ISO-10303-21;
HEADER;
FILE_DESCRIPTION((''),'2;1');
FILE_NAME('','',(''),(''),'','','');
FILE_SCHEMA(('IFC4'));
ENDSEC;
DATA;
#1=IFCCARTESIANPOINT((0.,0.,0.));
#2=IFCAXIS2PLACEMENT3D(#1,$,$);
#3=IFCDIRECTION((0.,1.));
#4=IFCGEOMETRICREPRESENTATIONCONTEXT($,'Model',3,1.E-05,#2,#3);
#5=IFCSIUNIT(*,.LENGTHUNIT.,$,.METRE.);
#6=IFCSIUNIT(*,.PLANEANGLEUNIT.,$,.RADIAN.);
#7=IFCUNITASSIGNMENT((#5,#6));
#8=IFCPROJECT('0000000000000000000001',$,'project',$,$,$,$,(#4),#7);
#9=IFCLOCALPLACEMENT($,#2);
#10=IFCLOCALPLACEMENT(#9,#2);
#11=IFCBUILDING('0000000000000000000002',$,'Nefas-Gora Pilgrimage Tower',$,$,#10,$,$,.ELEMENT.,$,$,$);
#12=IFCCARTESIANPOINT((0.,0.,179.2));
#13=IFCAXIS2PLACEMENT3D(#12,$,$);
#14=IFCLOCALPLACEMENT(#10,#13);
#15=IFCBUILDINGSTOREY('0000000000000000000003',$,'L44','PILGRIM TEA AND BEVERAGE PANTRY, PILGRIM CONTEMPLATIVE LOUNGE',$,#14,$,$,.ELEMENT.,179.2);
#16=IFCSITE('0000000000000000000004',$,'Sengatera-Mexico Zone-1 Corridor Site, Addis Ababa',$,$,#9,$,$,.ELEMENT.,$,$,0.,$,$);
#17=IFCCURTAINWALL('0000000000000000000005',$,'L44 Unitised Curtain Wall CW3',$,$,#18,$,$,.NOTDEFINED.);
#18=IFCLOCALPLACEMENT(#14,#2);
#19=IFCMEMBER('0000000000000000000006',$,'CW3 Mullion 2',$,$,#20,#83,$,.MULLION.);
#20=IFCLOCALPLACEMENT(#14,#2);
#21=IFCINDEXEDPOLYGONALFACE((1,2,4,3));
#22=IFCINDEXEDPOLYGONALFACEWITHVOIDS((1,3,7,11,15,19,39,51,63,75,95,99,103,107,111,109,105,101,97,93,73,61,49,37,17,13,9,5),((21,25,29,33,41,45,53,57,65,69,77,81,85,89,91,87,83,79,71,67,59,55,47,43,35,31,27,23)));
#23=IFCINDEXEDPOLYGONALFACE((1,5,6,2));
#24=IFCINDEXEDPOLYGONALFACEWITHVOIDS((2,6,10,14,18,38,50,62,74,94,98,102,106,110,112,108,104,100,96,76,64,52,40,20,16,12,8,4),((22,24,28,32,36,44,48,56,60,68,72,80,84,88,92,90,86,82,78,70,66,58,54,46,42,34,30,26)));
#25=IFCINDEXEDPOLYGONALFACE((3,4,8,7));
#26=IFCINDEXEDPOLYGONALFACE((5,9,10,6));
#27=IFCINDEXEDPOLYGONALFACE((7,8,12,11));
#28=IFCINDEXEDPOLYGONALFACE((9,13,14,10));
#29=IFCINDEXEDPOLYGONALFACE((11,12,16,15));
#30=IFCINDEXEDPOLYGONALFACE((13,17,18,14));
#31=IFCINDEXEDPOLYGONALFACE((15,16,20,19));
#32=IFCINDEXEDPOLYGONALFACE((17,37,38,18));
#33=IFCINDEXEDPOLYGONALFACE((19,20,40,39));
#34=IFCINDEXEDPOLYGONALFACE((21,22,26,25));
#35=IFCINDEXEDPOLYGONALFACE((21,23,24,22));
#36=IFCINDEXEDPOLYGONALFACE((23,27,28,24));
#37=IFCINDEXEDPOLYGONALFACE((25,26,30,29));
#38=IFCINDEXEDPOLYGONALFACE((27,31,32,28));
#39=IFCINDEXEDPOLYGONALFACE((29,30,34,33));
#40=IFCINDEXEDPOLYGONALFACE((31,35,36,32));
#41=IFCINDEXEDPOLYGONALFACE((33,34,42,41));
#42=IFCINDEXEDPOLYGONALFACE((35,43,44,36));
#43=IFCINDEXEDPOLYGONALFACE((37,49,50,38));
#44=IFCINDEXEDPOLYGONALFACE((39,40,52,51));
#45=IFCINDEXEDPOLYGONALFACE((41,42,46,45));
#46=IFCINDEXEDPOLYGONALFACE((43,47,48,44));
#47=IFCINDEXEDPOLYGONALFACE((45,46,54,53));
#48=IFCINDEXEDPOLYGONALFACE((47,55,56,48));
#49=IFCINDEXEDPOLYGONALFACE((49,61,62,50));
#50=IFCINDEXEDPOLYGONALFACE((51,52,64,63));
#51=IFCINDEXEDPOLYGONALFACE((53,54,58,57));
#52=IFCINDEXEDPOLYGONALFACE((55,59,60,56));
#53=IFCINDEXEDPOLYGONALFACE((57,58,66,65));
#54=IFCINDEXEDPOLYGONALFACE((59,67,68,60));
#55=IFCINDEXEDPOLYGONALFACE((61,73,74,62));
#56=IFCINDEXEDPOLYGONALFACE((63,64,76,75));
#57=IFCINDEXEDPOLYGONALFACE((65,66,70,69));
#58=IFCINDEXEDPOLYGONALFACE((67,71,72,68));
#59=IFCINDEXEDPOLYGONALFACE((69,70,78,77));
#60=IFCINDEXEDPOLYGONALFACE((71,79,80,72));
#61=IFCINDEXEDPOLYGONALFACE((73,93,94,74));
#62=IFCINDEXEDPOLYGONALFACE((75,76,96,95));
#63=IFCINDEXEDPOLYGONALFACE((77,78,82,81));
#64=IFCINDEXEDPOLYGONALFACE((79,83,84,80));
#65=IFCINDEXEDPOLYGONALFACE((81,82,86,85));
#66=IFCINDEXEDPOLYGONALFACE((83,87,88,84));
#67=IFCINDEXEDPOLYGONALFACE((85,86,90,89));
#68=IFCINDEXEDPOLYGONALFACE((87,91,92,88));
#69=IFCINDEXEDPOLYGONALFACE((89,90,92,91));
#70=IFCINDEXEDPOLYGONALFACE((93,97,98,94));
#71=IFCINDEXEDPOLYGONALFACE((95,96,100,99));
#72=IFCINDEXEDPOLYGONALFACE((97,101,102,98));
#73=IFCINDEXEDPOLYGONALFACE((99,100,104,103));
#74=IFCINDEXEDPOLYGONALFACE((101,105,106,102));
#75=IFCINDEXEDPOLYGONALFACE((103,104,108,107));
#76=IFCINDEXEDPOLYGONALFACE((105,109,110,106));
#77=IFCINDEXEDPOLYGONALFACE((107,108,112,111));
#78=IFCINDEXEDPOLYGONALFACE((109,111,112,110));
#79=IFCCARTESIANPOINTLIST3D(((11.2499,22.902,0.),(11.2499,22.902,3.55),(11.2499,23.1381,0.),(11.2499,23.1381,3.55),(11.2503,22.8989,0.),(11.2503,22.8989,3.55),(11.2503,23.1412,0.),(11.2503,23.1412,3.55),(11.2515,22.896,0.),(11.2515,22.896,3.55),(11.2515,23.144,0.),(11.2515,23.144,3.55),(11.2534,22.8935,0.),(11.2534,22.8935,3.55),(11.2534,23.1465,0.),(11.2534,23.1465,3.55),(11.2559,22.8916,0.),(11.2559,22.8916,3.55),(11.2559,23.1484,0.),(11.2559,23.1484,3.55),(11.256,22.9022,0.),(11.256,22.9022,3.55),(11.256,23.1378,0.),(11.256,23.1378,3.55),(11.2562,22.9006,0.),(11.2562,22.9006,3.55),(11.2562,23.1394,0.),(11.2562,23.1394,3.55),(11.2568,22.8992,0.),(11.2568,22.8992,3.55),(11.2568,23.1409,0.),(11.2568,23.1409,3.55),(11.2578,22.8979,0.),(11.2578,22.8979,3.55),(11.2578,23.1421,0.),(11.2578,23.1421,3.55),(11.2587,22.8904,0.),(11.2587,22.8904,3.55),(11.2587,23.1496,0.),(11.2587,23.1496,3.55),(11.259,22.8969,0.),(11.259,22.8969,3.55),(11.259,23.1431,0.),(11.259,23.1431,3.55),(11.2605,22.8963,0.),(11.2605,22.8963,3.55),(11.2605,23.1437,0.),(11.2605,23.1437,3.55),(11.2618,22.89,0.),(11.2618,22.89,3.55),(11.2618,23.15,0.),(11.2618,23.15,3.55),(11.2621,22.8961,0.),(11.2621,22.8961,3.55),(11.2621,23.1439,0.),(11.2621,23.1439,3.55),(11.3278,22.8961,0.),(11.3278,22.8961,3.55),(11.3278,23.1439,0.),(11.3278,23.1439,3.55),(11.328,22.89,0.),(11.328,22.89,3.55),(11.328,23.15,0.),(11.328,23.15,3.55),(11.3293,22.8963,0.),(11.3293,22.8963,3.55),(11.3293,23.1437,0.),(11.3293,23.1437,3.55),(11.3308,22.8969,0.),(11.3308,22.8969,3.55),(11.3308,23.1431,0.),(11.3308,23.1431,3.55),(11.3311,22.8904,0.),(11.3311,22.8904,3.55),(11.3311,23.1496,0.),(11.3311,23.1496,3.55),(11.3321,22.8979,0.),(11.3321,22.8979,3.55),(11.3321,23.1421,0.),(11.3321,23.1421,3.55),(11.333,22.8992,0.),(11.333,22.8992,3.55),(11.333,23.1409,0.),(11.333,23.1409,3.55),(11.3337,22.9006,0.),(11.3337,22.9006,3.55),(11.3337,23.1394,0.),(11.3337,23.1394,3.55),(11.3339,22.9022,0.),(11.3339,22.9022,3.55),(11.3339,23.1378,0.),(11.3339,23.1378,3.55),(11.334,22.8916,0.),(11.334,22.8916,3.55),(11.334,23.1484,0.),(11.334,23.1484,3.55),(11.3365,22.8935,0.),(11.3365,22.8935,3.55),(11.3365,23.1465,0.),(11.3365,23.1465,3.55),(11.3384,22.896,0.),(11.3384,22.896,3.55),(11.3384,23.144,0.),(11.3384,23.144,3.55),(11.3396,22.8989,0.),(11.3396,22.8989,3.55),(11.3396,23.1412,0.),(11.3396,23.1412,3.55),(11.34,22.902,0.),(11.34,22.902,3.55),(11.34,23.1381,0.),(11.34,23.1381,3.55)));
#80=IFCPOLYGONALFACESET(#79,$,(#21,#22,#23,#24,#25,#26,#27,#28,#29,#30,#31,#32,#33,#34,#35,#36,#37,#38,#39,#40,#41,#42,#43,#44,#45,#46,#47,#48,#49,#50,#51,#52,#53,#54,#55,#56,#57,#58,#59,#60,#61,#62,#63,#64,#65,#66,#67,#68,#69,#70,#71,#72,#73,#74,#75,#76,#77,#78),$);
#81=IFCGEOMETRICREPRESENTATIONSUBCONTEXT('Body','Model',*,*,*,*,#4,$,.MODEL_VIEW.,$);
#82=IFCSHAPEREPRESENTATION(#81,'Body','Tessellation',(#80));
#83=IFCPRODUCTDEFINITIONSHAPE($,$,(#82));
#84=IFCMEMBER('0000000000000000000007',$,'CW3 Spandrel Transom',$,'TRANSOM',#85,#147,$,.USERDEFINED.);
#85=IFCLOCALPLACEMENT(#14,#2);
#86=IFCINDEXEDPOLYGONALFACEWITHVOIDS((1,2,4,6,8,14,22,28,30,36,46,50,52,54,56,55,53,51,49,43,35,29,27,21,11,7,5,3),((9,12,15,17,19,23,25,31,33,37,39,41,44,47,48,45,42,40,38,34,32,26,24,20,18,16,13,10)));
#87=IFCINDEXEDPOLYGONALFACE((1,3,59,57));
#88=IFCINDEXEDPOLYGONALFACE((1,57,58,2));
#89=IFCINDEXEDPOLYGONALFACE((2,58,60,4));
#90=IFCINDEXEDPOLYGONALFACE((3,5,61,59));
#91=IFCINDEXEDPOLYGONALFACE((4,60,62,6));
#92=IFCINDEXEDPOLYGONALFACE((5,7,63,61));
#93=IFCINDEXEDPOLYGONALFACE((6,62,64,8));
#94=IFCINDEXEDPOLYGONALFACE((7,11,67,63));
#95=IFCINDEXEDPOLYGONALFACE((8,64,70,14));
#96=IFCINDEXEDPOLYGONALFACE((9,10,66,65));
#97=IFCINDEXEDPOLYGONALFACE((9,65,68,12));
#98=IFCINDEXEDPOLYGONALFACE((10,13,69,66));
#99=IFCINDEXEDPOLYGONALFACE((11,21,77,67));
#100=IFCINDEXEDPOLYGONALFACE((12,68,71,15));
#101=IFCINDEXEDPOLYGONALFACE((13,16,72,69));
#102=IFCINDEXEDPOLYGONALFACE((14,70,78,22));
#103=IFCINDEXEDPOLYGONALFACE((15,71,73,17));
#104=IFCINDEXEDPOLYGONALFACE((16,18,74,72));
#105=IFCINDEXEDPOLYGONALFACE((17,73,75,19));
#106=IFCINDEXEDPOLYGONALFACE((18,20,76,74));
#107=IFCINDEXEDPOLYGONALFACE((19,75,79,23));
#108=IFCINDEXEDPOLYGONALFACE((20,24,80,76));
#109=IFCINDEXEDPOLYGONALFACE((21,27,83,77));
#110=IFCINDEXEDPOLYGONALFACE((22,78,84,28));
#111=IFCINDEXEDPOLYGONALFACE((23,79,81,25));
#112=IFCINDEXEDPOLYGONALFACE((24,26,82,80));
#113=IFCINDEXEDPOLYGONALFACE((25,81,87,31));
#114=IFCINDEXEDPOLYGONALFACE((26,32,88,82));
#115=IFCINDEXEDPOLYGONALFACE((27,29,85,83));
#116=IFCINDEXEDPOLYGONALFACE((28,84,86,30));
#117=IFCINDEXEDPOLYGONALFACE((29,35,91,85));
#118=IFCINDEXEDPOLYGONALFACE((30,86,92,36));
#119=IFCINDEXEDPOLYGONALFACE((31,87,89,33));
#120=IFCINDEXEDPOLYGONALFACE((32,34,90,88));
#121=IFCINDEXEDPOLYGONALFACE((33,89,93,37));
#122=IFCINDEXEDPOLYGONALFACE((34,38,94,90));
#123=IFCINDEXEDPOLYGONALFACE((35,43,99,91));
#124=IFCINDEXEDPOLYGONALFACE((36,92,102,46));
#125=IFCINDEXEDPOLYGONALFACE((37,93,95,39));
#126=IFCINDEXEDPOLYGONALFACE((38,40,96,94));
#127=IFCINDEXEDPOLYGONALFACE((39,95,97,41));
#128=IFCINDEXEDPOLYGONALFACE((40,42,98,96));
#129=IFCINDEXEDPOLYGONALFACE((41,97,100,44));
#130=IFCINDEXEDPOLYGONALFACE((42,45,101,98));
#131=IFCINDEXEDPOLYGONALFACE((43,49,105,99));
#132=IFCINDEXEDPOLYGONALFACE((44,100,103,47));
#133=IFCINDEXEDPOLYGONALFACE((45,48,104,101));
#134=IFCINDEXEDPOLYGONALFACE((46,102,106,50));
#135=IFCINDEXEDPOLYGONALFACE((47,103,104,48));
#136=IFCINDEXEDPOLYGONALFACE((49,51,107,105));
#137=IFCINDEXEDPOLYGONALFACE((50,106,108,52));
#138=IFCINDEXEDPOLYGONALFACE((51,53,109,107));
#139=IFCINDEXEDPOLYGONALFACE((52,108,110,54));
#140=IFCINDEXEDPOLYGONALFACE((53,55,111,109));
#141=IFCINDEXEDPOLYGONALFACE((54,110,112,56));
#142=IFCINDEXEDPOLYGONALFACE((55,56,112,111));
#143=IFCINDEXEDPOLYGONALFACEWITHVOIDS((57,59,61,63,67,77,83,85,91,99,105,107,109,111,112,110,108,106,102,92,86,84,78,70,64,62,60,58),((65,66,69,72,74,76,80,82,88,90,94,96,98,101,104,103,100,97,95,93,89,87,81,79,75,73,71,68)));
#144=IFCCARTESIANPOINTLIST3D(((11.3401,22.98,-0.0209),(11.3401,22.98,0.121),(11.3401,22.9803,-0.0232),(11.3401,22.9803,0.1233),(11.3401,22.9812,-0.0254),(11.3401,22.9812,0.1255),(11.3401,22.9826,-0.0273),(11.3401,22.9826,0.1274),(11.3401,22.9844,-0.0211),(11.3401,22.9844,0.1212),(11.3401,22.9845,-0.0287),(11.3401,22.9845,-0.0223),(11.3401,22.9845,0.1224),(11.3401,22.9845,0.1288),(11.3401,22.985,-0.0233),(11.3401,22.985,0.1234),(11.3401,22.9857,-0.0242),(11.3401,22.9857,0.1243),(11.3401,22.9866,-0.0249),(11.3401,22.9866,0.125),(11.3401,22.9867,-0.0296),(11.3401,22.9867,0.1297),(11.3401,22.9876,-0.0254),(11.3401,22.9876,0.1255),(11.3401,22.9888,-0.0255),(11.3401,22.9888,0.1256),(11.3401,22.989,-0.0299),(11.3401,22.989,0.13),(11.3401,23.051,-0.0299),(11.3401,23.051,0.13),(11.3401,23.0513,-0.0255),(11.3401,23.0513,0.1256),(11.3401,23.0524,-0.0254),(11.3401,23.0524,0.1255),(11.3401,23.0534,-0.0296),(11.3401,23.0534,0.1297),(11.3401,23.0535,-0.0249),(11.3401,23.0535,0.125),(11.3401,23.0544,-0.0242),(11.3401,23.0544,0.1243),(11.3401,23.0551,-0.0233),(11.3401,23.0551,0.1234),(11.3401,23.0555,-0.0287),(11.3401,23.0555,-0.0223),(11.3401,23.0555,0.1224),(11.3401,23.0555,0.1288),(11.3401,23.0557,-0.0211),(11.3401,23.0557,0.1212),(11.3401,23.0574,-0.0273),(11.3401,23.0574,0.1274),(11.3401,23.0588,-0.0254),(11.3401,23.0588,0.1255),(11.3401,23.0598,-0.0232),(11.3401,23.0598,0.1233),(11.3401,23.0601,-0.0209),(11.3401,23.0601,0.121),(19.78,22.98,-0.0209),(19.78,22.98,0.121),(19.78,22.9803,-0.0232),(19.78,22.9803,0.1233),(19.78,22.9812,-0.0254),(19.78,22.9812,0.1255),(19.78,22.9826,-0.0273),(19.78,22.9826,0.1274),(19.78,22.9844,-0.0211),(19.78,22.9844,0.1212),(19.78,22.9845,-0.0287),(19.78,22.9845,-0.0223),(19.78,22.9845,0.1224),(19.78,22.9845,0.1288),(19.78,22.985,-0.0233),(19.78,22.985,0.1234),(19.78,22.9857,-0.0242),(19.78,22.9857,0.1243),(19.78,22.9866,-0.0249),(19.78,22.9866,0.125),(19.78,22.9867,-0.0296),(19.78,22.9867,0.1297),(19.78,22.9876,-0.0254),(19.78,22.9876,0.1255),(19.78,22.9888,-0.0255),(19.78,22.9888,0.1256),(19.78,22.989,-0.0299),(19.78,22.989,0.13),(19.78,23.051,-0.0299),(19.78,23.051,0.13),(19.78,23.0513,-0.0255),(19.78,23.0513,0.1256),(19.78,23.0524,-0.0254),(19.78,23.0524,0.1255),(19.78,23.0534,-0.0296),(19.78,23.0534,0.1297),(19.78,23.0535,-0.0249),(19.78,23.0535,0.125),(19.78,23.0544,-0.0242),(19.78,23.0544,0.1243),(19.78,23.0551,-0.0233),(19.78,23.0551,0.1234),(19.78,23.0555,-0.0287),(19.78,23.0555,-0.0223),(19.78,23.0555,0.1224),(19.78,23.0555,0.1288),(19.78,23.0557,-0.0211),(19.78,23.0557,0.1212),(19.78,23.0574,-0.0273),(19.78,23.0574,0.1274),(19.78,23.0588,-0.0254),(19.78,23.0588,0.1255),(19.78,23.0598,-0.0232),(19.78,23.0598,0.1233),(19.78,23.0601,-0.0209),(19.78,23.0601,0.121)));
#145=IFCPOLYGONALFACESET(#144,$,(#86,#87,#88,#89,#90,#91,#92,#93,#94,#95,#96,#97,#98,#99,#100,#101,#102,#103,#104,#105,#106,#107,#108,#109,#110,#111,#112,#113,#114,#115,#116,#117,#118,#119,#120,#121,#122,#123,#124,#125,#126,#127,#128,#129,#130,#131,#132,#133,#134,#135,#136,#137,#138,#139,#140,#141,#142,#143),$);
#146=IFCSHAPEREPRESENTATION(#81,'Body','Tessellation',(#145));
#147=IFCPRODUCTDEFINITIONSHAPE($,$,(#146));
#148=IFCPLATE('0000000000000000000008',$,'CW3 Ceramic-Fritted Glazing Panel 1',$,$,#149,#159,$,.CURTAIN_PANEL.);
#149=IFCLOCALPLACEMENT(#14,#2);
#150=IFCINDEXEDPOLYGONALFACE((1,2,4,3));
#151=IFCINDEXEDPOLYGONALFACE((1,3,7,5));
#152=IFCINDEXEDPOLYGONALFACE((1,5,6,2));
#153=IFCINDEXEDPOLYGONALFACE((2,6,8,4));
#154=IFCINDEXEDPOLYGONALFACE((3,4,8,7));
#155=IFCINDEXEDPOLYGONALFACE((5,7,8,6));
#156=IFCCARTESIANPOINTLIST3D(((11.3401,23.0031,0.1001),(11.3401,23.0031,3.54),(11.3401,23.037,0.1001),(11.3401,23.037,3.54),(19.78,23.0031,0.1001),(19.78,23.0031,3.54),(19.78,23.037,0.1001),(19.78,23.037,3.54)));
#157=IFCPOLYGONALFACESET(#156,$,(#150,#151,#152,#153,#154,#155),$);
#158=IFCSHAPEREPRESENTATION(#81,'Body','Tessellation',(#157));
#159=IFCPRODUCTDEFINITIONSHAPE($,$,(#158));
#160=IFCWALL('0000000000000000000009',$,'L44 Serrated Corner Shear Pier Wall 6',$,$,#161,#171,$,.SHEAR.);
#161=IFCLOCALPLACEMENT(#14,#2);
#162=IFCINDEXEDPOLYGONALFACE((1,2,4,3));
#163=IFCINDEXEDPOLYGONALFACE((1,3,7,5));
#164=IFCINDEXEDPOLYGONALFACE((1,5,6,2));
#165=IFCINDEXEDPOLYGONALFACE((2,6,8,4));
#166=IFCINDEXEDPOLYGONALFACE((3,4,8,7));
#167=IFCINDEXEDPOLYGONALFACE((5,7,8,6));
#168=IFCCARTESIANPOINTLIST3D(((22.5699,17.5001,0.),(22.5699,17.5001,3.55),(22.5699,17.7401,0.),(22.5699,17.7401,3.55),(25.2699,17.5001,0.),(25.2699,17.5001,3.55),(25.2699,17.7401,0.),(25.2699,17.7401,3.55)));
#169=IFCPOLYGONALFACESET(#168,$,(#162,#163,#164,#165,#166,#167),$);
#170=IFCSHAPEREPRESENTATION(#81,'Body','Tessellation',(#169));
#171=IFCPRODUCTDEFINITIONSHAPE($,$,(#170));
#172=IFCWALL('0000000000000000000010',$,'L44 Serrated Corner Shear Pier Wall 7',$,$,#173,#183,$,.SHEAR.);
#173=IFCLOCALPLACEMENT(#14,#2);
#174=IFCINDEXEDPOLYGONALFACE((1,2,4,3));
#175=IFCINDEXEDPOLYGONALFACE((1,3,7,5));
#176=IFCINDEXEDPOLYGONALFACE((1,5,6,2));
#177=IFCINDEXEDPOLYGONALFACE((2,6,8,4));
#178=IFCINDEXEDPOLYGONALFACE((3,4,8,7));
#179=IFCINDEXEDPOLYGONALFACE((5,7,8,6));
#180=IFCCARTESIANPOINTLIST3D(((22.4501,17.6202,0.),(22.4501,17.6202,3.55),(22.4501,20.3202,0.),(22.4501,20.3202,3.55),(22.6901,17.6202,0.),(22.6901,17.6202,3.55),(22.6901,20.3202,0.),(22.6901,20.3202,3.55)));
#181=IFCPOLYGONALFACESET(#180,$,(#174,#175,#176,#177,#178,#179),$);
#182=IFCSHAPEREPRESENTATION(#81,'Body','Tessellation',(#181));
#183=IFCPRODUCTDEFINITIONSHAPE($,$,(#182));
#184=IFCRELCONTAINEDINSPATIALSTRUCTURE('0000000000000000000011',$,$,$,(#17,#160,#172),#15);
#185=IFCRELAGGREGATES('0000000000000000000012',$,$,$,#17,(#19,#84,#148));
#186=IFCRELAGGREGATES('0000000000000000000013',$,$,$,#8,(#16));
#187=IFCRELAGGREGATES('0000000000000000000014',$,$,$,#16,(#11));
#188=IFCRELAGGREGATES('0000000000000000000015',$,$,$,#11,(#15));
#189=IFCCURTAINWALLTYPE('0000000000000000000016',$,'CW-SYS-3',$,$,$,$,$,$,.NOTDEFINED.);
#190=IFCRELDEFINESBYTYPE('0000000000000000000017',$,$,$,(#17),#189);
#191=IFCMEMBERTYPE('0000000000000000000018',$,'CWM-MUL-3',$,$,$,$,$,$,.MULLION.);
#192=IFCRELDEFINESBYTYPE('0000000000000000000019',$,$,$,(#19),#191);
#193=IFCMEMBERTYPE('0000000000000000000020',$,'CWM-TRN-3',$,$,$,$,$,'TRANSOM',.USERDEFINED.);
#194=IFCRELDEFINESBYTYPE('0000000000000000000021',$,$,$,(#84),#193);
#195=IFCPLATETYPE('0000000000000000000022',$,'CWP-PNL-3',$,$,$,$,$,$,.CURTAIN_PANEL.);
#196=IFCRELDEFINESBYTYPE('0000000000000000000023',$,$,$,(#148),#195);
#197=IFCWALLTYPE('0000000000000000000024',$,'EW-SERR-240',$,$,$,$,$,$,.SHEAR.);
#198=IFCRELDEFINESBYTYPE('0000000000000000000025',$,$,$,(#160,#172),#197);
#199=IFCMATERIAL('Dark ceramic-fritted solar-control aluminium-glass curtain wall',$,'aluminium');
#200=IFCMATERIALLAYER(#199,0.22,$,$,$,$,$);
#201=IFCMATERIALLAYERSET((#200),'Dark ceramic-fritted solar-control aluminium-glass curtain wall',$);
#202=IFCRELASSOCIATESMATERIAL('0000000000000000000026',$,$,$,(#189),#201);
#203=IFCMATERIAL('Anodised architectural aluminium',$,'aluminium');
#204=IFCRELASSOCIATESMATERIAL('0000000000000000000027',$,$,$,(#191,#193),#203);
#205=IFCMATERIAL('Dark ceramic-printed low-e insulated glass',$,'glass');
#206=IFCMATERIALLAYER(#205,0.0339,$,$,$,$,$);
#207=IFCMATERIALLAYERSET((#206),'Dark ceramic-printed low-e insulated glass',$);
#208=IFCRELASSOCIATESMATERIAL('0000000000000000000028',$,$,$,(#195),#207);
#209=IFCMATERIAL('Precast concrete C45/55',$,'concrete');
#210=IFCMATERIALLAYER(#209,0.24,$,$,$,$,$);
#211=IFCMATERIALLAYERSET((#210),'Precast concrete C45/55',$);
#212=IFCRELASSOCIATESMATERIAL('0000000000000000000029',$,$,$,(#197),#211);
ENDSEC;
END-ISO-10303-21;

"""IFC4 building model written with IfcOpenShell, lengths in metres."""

from ifc_helpers import new_model, si_unit, direction, frame, frame_2d, origin, origin_2d, place, context, subcontext, project, spatial, rectangle, hollow_rectangle, extrude, source, transform, mapped, material, layer, layer_set, material_profile, profile_set, type_object, element, aggregate, save


model = new_model("IFC4")

# Units and contexts
model_context = context("Model", 3, precision=1e-05, world=origin(), true_north=direction((0.0, 1.0)))
body_context = subcontext(model_context, "Body", "Model", "MODEL_VIEW")
ifc_project = project(units=[si_unit("LENGTHUNIT", "METRE"), si_unit("PLANEANGLEUNIT", "RADIAN")], contexts=[model_context])

# Site, building, storey
site_placement = place(None, origin())
site = spatial("IfcSite", under=ifc_project, at=site_placement, Name="Sengatera-Mexico Zone-1 Corridor Site, Addis Ababa", CompositionType="ELEMENT", RefElevation=0.0)
building_placement = place(site_placement, origin())
building = spatial("IfcBuilding", under=site, at=building_placement, Name="Nefas-Gora Pilgrimage Tower", CompositionType="ELEMENT")
storey_placement = place(building_placement, frame((0.0, 0.0, 179.2)))
storey = spatial("IfcBuildingStorey", under=building, at=storey_placement, Name="L44", Description="PILGRIM TEA AND BEVERAGE PANTRY, PILGRIM CONTEMPLATIVE LOUNGE", CompositionType="ELEMENT", Elevation=179.2)

# Shared definitions
ifc_material_1 = material(Name="Dark ceramic-fritted solar-control aluminium-glass curtain wall", Category="aluminium")
ifc_layer_1 = layer(ifc_material_1, 0.22)
ifc_layer_set_1 = layer_set([ifc_layer_1], Name="Dark ceramic-fritted solar-control aluminium-glass curtain wall")
curtain_wall_type = type_object("IfcCurtainWallType", Name="CW-SYS-3", PredefinedType="NOTDEFINED", material=ifc_layer_set_1)
ifc_material_2 = material(Name="Anodised architectural aluminium", Category="aluminium")
ifc_material_profile_1 = material_profile(ifc_material_2, hollow_rectangle(XDim=0.0901, YDim=0.26, WallThickness=0.0061, InnerFilletRadius=0.0061, OuterFilletRadius=0.012, at=origin_2d()), Name="ALU MULLION 90x260")
ifc_profile_set_1 = profile_set([ifc_material_profile_1], Name="Anodised architectural aluminium")
member_type_1 = type_object("IfcMemberType", Name="CWM-MUL-3", PredefinedType="MULLION", material=ifc_profile_set_1)
shared_shape_1 = source(origin(), body_context, "Body", "SweptSolid", [
    extrude(hollow_rectangle(XDim=0.0901, YDim=0.26, WallThickness=0.0061, InnerFilletRadius=0.0061, OuterFilletRadius=0.012, at=origin_2d()), origin(), (0.0, 0.0, 1.0), 3.55),
])

# Curtain wall, members, plate
curtain_wall_1_placement = place(storey_placement, origin())
curtain_wall_1 = element("IfcCurtainWall", 1, at=curtain_wall_1_placement, inside=storey, type_object=curtain_wall_type, Name="L44 Unitised Curtain Wall CW3", PredefinedType="NOTDEFINED")
member_1_placement = place(storey_placement, frame((11.2949, 23.02, 0.0), z_axis=(0.0, 0.0, 1.0), x_axis=(-1.0, 0.0, 0.0)))
member_1 = element("IfcMember", 2, at=member_1_placement, type_object=member_type_1, Name="CW3 Mullion 2", PredefinedType="MULLION", context=body_context, shape_type="MappedRepresentation", body=[
    mapped(shared_shape_1, transform((0.0, 0.0, 0.0), x_axis=(1.0, 0.0, 0.0), y_axis=(0.0, 1.0, 0.0), z_axis=(0.0, 0.0, 1.0), scale=1.0)),
])
ifc_material_profile_2 = material_profile(ifc_material_2, hollow_rectangle(XDim=0.0801, YDim=0.1599, WallThickness=0.0044, InnerFilletRadius=0.0044, OuterFilletRadius=0.009, at=origin_2d()), Name="ALU TRANSOM 80x160")
ifc_profile_set_2 = profile_set([ifc_material_profile_2], Name="Anodised architectural aluminium")
member_type_2 = type_object("IfcMemberType", Name="CWM-TRN-3", ElementType="TRANSOM", PredefinedType="USERDEFINED", material=ifc_profile_set_2)
shared_shape_2 = source(origin(), body_context, "Body", "SweptSolid", [
    extrude(hollow_rectangle(XDim=0.0801, YDim=0.1599, WallThickness=0.0044, InnerFilletRadius=0.0044, OuterFilletRadius=0.009, at=origin_2d()), origin(), (0.0, 0.0, 1.0), 8.4399),
])
member_2_placement = place(storey_placement, frame((19.78, 23.02, 0.05), z_axis=(-1.0, 0.0, 0.0), x_axis=(0.0, -1.0, 0.0)))
member_2 = element("IfcMember", 3, at=member_2_placement, type_object=member_type_2, Name="CW3 Spandrel Transom", ObjectType="TRANSOM", PredefinedType="USERDEFINED", context=body_context, shape_type="MappedRepresentation", body=[
    mapped(shared_shape_2, transform((0.0, 0.0, 0.0), x_axis=(1.0, 0.0, 0.0), y_axis=(0.0, 1.0, 0.0), z_axis=(0.0, 0.0, 1.0), scale=1.0)),
])
ifc_material_3 = material(Name="Dark ceramic-printed low-e insulated glass", Category="glass")
ifc_layer_2 = layer(ifc_material_3, 0.0339)
ifc_layer_set_2 = layer_set([ifc_layer_2], Name="Dark ceramic-printed low-e insulated glass")
plate_type = type_object("IfcPlateType", Name="CWP-PNL-3", PredefinedType="CURTAIN_PANEL", material=ifc_layer_set_2)
shared_shape_3 = source(origin(), body_context, "Body", "SweptSolid", [
    extrude(rectangle(XDim=8.4399, YDim=0.0339, at=origin_2d()), origin(), (0.0, 0.0, 1.0), 3.4399),
])
plate_placement = place(storey_placement, frame((15.5601, 23.02, 0.1001), z_axis=(0.0, 0.0, 1.0), x_axis=(-1.0, 0.0, 0.0)))
plate = element("IfcPlate", 4, at=plate_placement, type_object=plate_type, Name="CW3 Ceramic-Fritted Glazing Panel 1", PredefinedType="CURTAIN_PANEL", context=body_context, shape_type="MappedRepresentation", body=[
    mapped(shared_shape_3, transform((0.0, 0.0, 0.0), x_axis=(1.0, 0.0, 0.0), y_axis=(0.0, 1.0, 0.0), z_axis=(0.0, 0.0, 1.0), scale=1.0)),
])
aggregate(curtain_wall_1, [member_1, member_2, plate])

# Walls
ifc_material_4 = material(Name="Precast concrete C45/55", Category="concrete")
ifc_layer_3 = layer(ifc_material_4, 0.24)
ifc_layer_set_3 = layer_set([ifc_layer_3], Name="Precast concrete C45/55")
wall_type_1 = type_object("IfcWallType", Name="EW-SERR-240", PredefinedType="SHEAR", material=ifc_layer_set_3)
shared_shape_4 = source(origin(), body_context, "Body", "SweptSolid", [
    extrude(rectangle(XDim=2.7, YDim=0.24, at=frame_2d((1.3501, 0.0))), origin(), (0.0, 0.0, 1.0), 3.55),
])
for number, where, z_axis, x_axis, name in (
    (5, (25.27, 17.6201, 0.0), (0.0, 0.0, 1.0), (-1.0, 0.0, 0.0), "L44 Serrated Corner Shear Pier Wall 6"),
    (6, (22.5701, 17.6201, 0.0), (0.0, 0.0, 1.0), (0.0, 1.0, 0.0), "L44 Serrated Corner Shear Pier Wall 7"),
):
    element("IfcWall", number, at=place(storey_placement, frame(where, z_axis=z_axis, x_axis=x_axis)), inside=storey, type_object=wall_type_1, Name=name, PredefinedType="SHEAR", context=body_context, shape_type="MappedRepresentation", body=[
        mapped(shared_shape_4, transform((0.0, 0.0, 0.0), x_axis=(1.0, 0.0, 0.0), y_axis=(0.0, 1.0, 0.0), z_axis=(0.0, 0.0, 1.0), scale=1.0)),
    ])

save(model, "model.ifc")
